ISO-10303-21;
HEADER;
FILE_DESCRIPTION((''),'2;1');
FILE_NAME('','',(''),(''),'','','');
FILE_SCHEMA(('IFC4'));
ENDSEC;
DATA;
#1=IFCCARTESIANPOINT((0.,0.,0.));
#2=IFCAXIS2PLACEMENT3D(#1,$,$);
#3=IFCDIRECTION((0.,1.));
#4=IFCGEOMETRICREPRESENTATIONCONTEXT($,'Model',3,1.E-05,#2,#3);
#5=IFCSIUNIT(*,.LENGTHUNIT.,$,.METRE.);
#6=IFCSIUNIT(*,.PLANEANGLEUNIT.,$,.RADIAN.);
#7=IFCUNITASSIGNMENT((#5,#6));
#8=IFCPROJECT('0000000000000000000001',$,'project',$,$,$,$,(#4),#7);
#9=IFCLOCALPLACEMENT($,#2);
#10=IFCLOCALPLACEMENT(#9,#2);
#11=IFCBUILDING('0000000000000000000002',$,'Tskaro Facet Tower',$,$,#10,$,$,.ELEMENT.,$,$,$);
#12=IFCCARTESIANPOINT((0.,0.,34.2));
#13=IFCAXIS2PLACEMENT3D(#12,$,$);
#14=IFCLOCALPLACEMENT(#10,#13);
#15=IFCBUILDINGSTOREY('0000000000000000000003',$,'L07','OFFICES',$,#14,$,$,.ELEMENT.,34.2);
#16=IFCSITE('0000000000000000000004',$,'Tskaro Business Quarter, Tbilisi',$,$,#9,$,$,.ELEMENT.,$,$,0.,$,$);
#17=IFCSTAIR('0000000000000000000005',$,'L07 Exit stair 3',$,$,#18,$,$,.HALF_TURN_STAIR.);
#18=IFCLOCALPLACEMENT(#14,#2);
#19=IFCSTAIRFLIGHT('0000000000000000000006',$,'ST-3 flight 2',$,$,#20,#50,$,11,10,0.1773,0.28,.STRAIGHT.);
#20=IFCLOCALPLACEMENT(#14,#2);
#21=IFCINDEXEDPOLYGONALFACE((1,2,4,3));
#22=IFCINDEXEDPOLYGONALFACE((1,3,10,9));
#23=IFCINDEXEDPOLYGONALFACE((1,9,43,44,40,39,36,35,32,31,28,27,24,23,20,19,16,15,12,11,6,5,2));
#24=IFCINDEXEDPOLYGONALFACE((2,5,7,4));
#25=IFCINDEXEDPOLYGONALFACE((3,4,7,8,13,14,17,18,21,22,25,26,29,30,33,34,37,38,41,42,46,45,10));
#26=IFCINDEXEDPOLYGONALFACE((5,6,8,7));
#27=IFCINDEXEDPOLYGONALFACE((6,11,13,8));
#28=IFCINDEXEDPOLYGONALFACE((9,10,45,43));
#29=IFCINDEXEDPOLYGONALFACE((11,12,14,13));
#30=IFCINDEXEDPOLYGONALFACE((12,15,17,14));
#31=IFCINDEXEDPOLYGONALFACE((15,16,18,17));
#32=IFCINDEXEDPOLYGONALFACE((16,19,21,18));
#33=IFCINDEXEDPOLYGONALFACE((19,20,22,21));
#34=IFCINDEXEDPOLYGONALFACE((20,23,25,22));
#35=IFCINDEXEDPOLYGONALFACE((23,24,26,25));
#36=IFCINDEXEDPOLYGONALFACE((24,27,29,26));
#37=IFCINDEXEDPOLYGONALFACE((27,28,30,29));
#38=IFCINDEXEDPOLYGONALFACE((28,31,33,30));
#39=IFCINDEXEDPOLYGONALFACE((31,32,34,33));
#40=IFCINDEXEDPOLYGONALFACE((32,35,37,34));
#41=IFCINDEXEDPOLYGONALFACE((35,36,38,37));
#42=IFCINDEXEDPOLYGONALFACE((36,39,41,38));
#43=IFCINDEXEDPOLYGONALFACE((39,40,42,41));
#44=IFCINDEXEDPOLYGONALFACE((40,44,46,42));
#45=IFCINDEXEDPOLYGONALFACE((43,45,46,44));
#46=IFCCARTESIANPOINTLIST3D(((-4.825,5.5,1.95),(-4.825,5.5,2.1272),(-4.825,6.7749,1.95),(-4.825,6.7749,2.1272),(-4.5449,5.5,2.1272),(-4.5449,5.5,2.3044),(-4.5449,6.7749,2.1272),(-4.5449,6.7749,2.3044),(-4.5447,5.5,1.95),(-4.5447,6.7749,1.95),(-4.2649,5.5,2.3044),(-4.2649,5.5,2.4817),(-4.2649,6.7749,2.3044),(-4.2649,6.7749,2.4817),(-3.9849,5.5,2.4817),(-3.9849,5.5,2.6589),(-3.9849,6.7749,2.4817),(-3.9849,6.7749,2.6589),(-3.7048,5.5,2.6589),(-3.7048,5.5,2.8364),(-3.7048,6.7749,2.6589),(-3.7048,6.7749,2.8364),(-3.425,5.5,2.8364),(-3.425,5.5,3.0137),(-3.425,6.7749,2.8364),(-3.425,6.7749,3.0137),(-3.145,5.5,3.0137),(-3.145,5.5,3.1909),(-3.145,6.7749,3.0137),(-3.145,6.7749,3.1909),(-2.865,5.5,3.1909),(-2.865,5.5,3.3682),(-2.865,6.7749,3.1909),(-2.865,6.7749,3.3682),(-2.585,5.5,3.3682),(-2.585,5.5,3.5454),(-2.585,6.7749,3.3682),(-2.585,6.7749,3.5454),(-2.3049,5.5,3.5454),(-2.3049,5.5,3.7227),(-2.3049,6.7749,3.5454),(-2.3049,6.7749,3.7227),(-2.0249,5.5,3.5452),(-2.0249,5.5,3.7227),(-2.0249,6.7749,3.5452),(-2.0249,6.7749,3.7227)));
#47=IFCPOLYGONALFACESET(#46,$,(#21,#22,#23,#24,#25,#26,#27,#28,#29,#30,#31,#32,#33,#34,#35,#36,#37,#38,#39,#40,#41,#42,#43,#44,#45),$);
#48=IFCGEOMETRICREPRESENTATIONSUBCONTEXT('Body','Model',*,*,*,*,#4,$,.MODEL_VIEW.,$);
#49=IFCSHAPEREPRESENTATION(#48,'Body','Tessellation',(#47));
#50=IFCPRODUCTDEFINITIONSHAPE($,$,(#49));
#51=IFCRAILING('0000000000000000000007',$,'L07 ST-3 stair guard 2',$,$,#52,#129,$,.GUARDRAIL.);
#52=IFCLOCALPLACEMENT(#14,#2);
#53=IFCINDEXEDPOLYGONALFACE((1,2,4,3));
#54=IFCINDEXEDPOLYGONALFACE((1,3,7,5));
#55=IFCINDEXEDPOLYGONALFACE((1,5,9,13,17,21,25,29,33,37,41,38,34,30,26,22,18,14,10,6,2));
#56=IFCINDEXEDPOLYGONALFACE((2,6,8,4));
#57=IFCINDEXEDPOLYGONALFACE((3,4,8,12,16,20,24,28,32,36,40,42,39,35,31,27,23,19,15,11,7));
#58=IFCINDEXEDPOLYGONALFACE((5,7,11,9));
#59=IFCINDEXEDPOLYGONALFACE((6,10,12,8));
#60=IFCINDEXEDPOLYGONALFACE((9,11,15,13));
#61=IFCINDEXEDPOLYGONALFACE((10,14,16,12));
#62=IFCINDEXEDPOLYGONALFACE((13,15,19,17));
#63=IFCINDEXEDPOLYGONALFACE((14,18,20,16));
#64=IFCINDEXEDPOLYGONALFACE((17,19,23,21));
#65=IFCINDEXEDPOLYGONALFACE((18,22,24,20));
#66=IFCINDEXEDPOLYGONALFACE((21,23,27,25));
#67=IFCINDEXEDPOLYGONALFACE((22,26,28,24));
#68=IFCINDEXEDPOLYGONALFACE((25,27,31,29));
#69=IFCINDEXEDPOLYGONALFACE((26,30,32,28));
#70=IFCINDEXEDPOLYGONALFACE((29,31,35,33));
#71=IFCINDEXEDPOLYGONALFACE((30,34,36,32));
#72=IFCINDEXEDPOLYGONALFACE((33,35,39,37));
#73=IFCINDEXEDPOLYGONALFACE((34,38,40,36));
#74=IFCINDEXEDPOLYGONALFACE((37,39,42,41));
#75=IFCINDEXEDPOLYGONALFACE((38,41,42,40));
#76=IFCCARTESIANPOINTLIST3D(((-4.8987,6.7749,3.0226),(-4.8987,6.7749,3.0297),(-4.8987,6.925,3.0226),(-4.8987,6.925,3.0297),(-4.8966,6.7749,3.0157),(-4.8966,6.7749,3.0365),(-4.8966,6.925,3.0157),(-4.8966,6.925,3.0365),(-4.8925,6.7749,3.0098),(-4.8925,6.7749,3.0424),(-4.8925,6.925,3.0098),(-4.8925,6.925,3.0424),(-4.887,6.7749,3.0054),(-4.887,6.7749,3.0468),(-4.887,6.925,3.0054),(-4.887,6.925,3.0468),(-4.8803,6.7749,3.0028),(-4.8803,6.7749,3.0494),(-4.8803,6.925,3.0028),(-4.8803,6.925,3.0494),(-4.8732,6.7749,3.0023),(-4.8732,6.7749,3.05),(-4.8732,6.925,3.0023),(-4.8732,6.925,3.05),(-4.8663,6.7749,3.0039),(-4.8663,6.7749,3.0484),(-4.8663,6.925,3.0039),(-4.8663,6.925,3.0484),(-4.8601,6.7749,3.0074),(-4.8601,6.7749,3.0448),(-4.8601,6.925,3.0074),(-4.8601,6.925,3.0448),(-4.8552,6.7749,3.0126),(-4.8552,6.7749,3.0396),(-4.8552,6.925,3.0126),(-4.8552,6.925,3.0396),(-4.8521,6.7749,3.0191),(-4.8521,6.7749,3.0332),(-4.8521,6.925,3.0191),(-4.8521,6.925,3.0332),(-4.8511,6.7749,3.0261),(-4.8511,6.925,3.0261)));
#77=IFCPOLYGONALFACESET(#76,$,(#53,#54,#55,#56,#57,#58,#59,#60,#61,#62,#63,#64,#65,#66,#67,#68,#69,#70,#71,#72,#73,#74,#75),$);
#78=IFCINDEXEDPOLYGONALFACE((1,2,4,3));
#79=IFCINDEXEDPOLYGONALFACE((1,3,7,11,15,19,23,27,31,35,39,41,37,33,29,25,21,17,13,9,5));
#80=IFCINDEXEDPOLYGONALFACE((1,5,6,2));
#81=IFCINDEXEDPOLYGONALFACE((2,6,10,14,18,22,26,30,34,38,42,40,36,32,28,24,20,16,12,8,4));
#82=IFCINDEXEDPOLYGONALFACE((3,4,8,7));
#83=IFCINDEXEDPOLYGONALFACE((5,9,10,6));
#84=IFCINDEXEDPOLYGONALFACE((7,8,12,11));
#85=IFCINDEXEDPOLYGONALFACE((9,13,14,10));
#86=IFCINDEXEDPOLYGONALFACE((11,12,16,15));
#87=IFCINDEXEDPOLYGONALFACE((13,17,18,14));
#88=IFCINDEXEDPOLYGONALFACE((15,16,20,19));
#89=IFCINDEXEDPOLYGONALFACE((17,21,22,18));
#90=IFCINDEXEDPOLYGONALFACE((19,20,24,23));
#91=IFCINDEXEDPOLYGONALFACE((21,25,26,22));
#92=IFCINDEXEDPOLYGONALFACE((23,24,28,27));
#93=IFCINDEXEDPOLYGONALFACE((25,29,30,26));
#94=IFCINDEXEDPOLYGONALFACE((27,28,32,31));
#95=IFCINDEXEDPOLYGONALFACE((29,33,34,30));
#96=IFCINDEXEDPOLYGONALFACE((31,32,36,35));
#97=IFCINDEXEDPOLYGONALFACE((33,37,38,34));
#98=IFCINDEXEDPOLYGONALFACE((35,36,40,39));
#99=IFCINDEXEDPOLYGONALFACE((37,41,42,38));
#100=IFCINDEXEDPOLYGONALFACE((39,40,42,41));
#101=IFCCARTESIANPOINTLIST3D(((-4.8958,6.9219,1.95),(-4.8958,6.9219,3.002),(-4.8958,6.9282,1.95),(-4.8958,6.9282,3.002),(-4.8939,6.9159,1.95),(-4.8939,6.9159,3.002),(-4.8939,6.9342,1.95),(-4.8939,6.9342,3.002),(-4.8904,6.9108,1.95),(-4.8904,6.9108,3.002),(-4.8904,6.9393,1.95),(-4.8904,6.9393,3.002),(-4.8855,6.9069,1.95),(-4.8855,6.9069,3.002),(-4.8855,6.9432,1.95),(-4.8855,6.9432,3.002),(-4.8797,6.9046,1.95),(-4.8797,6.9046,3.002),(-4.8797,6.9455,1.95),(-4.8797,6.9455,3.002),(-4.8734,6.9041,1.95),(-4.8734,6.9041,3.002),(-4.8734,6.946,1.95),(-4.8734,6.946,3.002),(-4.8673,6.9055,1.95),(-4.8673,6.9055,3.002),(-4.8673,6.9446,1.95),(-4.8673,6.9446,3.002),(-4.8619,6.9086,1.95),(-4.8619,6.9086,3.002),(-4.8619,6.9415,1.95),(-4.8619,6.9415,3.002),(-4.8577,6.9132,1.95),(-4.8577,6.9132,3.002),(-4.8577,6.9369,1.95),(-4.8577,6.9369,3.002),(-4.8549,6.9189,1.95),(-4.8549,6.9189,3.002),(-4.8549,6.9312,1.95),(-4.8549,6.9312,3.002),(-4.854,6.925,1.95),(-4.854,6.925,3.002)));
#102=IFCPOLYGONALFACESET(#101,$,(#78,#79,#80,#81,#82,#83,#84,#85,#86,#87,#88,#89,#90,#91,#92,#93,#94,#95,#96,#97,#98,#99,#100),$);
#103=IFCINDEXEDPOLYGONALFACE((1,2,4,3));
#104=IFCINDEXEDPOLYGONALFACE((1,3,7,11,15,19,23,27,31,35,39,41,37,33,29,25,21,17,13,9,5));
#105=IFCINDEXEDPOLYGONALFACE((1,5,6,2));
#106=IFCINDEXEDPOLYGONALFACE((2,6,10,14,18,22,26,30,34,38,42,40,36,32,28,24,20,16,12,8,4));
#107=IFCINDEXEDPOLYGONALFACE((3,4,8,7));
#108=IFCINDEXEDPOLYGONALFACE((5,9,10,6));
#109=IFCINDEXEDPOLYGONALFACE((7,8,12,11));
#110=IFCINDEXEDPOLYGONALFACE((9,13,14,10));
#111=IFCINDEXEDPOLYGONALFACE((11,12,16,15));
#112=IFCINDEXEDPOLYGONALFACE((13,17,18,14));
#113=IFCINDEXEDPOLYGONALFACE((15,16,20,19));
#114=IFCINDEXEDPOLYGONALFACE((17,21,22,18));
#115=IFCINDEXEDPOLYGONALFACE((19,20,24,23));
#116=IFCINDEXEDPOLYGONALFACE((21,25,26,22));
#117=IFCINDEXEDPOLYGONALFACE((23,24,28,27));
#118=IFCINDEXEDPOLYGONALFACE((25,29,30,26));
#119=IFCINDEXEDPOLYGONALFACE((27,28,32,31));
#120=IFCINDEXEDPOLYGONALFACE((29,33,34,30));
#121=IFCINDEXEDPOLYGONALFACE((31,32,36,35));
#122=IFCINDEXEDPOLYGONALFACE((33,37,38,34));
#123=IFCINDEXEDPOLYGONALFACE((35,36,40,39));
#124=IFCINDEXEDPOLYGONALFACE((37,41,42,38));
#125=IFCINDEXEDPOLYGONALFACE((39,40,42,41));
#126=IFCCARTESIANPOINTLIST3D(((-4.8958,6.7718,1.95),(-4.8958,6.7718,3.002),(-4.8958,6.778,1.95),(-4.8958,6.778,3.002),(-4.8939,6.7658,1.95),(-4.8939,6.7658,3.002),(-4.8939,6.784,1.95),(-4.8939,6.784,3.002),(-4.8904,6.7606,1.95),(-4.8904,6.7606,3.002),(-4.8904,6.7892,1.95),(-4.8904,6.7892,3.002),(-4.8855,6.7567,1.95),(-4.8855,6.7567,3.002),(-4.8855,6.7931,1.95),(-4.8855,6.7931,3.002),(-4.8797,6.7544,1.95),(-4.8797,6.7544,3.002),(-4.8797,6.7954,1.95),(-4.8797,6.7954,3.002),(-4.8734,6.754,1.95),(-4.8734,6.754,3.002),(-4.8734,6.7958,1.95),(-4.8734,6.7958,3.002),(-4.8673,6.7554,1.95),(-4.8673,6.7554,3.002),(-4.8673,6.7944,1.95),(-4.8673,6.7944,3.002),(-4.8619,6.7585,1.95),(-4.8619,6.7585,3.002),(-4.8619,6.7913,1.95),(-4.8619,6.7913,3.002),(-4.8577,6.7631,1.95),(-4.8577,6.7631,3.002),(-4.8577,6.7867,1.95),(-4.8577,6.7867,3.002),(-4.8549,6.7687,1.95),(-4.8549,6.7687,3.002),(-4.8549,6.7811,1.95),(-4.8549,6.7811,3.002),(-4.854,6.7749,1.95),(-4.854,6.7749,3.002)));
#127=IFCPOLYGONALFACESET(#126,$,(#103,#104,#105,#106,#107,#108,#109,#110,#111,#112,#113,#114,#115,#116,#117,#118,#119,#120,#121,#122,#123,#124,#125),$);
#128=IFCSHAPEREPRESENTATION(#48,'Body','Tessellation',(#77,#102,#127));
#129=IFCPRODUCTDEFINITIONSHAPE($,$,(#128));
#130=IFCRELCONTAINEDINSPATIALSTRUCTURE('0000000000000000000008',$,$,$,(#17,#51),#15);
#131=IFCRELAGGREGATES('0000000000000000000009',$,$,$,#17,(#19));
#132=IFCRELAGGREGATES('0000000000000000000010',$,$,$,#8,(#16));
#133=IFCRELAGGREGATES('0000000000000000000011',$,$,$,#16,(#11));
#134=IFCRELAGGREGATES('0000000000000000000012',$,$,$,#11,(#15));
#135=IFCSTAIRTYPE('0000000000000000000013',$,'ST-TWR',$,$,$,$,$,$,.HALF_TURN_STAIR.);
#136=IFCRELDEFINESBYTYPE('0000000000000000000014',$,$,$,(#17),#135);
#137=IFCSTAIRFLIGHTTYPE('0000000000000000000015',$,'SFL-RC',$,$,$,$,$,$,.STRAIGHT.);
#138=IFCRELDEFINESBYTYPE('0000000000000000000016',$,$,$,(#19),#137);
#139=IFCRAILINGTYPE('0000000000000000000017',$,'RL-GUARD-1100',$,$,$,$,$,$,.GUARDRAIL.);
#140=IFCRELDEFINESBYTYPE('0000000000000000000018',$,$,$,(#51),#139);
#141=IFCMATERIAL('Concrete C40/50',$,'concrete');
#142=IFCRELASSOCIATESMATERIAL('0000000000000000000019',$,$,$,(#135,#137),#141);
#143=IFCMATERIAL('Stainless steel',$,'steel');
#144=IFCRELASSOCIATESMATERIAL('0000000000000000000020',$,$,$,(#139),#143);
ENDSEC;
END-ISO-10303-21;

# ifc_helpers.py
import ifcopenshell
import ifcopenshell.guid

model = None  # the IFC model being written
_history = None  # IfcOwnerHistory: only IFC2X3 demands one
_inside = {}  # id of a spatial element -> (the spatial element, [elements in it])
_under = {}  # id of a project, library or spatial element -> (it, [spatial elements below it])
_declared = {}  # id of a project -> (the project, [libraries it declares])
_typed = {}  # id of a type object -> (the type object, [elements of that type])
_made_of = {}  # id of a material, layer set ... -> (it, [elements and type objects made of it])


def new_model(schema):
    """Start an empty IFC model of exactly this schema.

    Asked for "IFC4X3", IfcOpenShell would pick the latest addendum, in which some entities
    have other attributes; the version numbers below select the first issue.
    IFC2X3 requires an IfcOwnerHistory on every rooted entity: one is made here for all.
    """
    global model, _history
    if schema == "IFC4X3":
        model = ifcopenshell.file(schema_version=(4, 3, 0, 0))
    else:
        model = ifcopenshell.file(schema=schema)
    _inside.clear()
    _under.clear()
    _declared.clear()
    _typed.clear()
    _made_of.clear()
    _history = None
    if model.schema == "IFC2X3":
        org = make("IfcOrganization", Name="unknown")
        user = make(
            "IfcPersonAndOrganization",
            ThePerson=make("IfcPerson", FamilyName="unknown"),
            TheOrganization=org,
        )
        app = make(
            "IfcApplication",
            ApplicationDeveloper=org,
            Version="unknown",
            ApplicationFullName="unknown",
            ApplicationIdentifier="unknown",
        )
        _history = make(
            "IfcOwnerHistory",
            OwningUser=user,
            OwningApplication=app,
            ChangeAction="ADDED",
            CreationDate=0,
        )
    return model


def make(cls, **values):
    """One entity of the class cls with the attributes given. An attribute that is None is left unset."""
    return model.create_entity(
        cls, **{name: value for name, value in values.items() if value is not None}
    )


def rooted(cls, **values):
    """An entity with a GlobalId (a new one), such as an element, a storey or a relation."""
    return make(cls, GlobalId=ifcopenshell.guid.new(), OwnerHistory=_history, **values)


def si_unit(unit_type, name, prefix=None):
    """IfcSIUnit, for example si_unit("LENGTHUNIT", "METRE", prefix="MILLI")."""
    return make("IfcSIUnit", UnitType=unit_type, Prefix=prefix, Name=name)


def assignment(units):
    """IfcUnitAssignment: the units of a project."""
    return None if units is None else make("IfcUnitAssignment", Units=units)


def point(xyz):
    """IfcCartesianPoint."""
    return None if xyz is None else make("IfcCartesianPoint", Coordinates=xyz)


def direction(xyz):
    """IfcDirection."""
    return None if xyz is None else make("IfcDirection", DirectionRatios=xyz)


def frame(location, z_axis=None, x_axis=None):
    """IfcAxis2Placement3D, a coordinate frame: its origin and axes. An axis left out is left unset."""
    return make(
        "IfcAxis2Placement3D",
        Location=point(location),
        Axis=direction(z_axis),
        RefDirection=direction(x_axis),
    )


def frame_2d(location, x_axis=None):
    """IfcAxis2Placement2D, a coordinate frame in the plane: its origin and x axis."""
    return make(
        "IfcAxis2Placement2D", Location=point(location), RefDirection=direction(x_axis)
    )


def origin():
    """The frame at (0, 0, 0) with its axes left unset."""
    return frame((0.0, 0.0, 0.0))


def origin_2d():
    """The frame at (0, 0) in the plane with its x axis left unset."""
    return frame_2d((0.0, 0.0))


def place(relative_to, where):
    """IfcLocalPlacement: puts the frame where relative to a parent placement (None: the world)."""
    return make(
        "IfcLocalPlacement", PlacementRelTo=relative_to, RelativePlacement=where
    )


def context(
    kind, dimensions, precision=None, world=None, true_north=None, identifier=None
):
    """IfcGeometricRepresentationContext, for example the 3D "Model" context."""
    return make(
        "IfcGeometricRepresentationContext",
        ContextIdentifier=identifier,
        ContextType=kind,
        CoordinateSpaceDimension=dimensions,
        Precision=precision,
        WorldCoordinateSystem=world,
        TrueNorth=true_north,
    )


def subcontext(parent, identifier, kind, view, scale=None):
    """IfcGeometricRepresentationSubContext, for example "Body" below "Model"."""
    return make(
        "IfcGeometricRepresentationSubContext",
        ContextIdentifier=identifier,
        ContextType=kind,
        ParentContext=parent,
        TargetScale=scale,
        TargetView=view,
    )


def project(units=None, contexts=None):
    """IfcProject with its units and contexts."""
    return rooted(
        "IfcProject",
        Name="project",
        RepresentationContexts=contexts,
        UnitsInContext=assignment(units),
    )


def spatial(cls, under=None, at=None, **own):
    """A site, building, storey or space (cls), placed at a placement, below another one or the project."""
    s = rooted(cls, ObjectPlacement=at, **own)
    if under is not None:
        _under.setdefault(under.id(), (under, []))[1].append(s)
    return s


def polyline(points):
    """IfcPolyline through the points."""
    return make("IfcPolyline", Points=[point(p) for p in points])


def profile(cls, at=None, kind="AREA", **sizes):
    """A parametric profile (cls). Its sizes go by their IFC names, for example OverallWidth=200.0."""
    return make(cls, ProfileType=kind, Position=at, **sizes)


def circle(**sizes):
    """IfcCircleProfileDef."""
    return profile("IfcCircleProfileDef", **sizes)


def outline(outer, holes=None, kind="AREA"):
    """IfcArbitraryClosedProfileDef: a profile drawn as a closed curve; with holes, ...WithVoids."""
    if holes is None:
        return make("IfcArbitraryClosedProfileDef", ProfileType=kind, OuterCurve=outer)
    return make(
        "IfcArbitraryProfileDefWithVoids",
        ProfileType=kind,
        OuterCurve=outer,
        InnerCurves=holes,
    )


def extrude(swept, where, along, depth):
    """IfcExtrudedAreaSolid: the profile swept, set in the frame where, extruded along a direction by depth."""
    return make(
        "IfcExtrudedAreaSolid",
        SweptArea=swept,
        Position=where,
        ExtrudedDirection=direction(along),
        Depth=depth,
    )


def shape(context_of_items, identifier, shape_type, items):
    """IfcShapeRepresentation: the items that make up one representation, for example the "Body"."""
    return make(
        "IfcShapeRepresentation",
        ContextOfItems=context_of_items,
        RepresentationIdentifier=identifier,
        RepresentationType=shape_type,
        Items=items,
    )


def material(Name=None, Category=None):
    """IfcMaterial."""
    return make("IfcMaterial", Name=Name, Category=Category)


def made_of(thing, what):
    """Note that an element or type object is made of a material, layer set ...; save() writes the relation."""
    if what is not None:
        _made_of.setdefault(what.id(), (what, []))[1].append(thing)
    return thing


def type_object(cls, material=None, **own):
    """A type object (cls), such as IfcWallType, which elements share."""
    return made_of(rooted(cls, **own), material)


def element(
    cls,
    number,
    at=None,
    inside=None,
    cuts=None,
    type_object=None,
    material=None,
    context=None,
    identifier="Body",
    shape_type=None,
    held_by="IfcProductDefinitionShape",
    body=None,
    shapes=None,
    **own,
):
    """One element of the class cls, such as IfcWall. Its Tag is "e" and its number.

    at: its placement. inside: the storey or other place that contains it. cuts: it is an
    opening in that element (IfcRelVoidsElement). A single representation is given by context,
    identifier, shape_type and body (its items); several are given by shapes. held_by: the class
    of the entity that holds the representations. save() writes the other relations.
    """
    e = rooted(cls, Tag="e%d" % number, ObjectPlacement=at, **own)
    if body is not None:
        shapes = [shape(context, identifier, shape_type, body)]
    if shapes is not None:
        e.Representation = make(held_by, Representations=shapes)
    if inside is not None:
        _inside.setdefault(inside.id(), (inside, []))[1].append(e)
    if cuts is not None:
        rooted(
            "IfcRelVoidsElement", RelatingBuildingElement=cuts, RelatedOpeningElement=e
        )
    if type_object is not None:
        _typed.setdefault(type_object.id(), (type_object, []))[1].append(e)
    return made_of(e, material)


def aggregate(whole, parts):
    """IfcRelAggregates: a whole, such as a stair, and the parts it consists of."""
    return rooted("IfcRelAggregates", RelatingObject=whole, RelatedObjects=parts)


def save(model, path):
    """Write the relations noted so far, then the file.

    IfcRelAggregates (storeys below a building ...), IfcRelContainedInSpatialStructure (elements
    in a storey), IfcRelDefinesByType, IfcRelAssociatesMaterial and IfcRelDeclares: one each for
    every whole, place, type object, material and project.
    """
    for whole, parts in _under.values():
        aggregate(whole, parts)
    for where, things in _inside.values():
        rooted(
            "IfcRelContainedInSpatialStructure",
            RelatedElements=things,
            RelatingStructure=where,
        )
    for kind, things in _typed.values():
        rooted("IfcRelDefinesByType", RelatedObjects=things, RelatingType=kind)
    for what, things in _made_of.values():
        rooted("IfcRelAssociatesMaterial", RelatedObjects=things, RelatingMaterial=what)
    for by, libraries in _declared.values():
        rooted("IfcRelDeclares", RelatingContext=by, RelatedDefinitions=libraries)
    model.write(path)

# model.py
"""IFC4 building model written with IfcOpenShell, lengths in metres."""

from ifc_helpers import new_model, si_unit, direction, frame, origin, origin_2d, place, context, subcontext, project, spatial, polyline, circle, outline, extrude, material, type_object, element, aggregate, save


model = new_model("IFC4")

# Units and contexts
model_context = context("Model", 3, precision=1e-05, world=origin(), true_north=direction((0.0, 1.0)))
body_context = subcontext(model_context, "Body", "Model", "MODEL_VIEW")
ifc_project = project(units=[si_unit("LENGTHUNIT", "METRE"), si_unit("PLANEANGLEUNIT", "RADIAN")], contexts=[model_context])

# Site, building, storey
site_placement = place(None, origin())
site = spatial("IfcSite", under=ifc_project, at=site_placement, Name="Tskaro Business Quarter, Tbilisi", CompositionType="ELEMENT", RefElevation=0.0)
building_placement = place(site_placement, origin())
building = spatial("IfcBuilding", under=site, at=building_placement, Name="Tskaro Facet Tower", CompositionType="ELEMENT")
storey_placement = place(building_placement, frame((0.0, 0.0, 34.2)))
storey = spatial("IfcBuildingStorey", under=building, at=storey_placement, Name="L07", Description="OFFICES", CompositionType="ELEMENT", Elevation=34.2)

# Stair, stair flight
ifc_material_1 = material(Name="Concrete C40/50", Category="concrete")
stair_type = type_object("IfcStairType", Name="ST-TWR", PredefinedType="HALF_TURN_STAIR", material=ifc_material_1)
stair_placement = place(storey_placement, origin())
stair = element("IfcStair", 1, at=stair_placement, inside=storey, type_object=stair_type, Name="L07 Exit stair 3", PredefinedType="HALF_TURN_STAIR")
stair_flight_type = type_object("IfcStairFlightType", Name="SFL-RC", PredefinedType="STRAIGHT", material=ifc_material_1)
stair_flight_placement = place(storey_placement, frame((-4.825, 6.1375, 1.95), z_axis=(0.0, 0.0, 1.0), x_axis=(1.0, 0.0, 0.0)))
stair_flight = element("IfcStairFlight", 2, at=stair_flight_placement, type_object=stair_flight_type, Name="ST-3 flight 2", NumberOfRisers=11, NumberOfTreads=10, PredefinedType="STRAIGHT", RiserHeight=0.1773, TreadLength=0.28, context=body_context, shape_type="SweptSolid", body=[
    extrude(outline(polyline([(0.0, 0.0), (0.0, 0.1772), (0.28, 0.1772), (0.28, 0.3545), (0.5601, 0.3545), (0.5601, 0.5317), (0.8401, 0.5317), (0.8401, 0.709), (1.1201, 0.709), (1.1201, 0.8865), (1.3999, 0.8865), (1.3999, 1.0637), (1.6799, 1.0637), (1.6799, 1.241), (1.96, 1.241), (1.96, 1.4182), (2.24, 1.4182), (2.24, 1.5955), (2.52, 1.5955), (2.52, 1.7727), (2.8, 1.7727), (2.8, 1.95), (2.8, 1.5952), (0.2803, 0.0), (0.0, 0.0)])), frame((0.0, 0.6375, 0.0), z_axis=(0.0, -1.0, 0.0), x_axis=(1.0, 0.0, 0.0)), (0.0, 0.0, 1.0), 1.2749),
])
aggregate(stair, [stair_flight])

# Railing
ifc_material_2 = material(Name="Stainless steel", Category="steel")
railing_type_1 = type_object("IfcRailingType", Name="RL-GUARD-1100", PredefinedType="GUARDRAIL", material=ifc_material_2)
railing_1_placement = place(storey_placement, frame((-4.875, 6.925, 1.95)))
element("IfcRailing", 3, at=railing_1_placement, inside=storey, type_object=railing_type_1, Name="L07 ST-3 stair guard 2", PredefinedType="GUARDRAIL", context=body_context, shape_type="SweptSolid", body=[
    extrude(circle(Radius=0.0239, at=origin_2d()), frame((0.0, 0.0, 1.0762), z_axis=(0.0, -1.0, 0.0), x_axis=(1.0, 0.0, 0.0)), (0.0, 0.0, 1.0), 0.1501),
    extrude(circle(Radius=0.021, at=origin_2d()), origin(), (0.0, 0.0, 1.0), 1.052),
    extrude(circle(Radius=0.021, at=origin_2d()), frame((0.0, -0.1501, 0.0)), (0.0, 0.0, 1.0), 1.052),
])

save(model, "model.ifc")
